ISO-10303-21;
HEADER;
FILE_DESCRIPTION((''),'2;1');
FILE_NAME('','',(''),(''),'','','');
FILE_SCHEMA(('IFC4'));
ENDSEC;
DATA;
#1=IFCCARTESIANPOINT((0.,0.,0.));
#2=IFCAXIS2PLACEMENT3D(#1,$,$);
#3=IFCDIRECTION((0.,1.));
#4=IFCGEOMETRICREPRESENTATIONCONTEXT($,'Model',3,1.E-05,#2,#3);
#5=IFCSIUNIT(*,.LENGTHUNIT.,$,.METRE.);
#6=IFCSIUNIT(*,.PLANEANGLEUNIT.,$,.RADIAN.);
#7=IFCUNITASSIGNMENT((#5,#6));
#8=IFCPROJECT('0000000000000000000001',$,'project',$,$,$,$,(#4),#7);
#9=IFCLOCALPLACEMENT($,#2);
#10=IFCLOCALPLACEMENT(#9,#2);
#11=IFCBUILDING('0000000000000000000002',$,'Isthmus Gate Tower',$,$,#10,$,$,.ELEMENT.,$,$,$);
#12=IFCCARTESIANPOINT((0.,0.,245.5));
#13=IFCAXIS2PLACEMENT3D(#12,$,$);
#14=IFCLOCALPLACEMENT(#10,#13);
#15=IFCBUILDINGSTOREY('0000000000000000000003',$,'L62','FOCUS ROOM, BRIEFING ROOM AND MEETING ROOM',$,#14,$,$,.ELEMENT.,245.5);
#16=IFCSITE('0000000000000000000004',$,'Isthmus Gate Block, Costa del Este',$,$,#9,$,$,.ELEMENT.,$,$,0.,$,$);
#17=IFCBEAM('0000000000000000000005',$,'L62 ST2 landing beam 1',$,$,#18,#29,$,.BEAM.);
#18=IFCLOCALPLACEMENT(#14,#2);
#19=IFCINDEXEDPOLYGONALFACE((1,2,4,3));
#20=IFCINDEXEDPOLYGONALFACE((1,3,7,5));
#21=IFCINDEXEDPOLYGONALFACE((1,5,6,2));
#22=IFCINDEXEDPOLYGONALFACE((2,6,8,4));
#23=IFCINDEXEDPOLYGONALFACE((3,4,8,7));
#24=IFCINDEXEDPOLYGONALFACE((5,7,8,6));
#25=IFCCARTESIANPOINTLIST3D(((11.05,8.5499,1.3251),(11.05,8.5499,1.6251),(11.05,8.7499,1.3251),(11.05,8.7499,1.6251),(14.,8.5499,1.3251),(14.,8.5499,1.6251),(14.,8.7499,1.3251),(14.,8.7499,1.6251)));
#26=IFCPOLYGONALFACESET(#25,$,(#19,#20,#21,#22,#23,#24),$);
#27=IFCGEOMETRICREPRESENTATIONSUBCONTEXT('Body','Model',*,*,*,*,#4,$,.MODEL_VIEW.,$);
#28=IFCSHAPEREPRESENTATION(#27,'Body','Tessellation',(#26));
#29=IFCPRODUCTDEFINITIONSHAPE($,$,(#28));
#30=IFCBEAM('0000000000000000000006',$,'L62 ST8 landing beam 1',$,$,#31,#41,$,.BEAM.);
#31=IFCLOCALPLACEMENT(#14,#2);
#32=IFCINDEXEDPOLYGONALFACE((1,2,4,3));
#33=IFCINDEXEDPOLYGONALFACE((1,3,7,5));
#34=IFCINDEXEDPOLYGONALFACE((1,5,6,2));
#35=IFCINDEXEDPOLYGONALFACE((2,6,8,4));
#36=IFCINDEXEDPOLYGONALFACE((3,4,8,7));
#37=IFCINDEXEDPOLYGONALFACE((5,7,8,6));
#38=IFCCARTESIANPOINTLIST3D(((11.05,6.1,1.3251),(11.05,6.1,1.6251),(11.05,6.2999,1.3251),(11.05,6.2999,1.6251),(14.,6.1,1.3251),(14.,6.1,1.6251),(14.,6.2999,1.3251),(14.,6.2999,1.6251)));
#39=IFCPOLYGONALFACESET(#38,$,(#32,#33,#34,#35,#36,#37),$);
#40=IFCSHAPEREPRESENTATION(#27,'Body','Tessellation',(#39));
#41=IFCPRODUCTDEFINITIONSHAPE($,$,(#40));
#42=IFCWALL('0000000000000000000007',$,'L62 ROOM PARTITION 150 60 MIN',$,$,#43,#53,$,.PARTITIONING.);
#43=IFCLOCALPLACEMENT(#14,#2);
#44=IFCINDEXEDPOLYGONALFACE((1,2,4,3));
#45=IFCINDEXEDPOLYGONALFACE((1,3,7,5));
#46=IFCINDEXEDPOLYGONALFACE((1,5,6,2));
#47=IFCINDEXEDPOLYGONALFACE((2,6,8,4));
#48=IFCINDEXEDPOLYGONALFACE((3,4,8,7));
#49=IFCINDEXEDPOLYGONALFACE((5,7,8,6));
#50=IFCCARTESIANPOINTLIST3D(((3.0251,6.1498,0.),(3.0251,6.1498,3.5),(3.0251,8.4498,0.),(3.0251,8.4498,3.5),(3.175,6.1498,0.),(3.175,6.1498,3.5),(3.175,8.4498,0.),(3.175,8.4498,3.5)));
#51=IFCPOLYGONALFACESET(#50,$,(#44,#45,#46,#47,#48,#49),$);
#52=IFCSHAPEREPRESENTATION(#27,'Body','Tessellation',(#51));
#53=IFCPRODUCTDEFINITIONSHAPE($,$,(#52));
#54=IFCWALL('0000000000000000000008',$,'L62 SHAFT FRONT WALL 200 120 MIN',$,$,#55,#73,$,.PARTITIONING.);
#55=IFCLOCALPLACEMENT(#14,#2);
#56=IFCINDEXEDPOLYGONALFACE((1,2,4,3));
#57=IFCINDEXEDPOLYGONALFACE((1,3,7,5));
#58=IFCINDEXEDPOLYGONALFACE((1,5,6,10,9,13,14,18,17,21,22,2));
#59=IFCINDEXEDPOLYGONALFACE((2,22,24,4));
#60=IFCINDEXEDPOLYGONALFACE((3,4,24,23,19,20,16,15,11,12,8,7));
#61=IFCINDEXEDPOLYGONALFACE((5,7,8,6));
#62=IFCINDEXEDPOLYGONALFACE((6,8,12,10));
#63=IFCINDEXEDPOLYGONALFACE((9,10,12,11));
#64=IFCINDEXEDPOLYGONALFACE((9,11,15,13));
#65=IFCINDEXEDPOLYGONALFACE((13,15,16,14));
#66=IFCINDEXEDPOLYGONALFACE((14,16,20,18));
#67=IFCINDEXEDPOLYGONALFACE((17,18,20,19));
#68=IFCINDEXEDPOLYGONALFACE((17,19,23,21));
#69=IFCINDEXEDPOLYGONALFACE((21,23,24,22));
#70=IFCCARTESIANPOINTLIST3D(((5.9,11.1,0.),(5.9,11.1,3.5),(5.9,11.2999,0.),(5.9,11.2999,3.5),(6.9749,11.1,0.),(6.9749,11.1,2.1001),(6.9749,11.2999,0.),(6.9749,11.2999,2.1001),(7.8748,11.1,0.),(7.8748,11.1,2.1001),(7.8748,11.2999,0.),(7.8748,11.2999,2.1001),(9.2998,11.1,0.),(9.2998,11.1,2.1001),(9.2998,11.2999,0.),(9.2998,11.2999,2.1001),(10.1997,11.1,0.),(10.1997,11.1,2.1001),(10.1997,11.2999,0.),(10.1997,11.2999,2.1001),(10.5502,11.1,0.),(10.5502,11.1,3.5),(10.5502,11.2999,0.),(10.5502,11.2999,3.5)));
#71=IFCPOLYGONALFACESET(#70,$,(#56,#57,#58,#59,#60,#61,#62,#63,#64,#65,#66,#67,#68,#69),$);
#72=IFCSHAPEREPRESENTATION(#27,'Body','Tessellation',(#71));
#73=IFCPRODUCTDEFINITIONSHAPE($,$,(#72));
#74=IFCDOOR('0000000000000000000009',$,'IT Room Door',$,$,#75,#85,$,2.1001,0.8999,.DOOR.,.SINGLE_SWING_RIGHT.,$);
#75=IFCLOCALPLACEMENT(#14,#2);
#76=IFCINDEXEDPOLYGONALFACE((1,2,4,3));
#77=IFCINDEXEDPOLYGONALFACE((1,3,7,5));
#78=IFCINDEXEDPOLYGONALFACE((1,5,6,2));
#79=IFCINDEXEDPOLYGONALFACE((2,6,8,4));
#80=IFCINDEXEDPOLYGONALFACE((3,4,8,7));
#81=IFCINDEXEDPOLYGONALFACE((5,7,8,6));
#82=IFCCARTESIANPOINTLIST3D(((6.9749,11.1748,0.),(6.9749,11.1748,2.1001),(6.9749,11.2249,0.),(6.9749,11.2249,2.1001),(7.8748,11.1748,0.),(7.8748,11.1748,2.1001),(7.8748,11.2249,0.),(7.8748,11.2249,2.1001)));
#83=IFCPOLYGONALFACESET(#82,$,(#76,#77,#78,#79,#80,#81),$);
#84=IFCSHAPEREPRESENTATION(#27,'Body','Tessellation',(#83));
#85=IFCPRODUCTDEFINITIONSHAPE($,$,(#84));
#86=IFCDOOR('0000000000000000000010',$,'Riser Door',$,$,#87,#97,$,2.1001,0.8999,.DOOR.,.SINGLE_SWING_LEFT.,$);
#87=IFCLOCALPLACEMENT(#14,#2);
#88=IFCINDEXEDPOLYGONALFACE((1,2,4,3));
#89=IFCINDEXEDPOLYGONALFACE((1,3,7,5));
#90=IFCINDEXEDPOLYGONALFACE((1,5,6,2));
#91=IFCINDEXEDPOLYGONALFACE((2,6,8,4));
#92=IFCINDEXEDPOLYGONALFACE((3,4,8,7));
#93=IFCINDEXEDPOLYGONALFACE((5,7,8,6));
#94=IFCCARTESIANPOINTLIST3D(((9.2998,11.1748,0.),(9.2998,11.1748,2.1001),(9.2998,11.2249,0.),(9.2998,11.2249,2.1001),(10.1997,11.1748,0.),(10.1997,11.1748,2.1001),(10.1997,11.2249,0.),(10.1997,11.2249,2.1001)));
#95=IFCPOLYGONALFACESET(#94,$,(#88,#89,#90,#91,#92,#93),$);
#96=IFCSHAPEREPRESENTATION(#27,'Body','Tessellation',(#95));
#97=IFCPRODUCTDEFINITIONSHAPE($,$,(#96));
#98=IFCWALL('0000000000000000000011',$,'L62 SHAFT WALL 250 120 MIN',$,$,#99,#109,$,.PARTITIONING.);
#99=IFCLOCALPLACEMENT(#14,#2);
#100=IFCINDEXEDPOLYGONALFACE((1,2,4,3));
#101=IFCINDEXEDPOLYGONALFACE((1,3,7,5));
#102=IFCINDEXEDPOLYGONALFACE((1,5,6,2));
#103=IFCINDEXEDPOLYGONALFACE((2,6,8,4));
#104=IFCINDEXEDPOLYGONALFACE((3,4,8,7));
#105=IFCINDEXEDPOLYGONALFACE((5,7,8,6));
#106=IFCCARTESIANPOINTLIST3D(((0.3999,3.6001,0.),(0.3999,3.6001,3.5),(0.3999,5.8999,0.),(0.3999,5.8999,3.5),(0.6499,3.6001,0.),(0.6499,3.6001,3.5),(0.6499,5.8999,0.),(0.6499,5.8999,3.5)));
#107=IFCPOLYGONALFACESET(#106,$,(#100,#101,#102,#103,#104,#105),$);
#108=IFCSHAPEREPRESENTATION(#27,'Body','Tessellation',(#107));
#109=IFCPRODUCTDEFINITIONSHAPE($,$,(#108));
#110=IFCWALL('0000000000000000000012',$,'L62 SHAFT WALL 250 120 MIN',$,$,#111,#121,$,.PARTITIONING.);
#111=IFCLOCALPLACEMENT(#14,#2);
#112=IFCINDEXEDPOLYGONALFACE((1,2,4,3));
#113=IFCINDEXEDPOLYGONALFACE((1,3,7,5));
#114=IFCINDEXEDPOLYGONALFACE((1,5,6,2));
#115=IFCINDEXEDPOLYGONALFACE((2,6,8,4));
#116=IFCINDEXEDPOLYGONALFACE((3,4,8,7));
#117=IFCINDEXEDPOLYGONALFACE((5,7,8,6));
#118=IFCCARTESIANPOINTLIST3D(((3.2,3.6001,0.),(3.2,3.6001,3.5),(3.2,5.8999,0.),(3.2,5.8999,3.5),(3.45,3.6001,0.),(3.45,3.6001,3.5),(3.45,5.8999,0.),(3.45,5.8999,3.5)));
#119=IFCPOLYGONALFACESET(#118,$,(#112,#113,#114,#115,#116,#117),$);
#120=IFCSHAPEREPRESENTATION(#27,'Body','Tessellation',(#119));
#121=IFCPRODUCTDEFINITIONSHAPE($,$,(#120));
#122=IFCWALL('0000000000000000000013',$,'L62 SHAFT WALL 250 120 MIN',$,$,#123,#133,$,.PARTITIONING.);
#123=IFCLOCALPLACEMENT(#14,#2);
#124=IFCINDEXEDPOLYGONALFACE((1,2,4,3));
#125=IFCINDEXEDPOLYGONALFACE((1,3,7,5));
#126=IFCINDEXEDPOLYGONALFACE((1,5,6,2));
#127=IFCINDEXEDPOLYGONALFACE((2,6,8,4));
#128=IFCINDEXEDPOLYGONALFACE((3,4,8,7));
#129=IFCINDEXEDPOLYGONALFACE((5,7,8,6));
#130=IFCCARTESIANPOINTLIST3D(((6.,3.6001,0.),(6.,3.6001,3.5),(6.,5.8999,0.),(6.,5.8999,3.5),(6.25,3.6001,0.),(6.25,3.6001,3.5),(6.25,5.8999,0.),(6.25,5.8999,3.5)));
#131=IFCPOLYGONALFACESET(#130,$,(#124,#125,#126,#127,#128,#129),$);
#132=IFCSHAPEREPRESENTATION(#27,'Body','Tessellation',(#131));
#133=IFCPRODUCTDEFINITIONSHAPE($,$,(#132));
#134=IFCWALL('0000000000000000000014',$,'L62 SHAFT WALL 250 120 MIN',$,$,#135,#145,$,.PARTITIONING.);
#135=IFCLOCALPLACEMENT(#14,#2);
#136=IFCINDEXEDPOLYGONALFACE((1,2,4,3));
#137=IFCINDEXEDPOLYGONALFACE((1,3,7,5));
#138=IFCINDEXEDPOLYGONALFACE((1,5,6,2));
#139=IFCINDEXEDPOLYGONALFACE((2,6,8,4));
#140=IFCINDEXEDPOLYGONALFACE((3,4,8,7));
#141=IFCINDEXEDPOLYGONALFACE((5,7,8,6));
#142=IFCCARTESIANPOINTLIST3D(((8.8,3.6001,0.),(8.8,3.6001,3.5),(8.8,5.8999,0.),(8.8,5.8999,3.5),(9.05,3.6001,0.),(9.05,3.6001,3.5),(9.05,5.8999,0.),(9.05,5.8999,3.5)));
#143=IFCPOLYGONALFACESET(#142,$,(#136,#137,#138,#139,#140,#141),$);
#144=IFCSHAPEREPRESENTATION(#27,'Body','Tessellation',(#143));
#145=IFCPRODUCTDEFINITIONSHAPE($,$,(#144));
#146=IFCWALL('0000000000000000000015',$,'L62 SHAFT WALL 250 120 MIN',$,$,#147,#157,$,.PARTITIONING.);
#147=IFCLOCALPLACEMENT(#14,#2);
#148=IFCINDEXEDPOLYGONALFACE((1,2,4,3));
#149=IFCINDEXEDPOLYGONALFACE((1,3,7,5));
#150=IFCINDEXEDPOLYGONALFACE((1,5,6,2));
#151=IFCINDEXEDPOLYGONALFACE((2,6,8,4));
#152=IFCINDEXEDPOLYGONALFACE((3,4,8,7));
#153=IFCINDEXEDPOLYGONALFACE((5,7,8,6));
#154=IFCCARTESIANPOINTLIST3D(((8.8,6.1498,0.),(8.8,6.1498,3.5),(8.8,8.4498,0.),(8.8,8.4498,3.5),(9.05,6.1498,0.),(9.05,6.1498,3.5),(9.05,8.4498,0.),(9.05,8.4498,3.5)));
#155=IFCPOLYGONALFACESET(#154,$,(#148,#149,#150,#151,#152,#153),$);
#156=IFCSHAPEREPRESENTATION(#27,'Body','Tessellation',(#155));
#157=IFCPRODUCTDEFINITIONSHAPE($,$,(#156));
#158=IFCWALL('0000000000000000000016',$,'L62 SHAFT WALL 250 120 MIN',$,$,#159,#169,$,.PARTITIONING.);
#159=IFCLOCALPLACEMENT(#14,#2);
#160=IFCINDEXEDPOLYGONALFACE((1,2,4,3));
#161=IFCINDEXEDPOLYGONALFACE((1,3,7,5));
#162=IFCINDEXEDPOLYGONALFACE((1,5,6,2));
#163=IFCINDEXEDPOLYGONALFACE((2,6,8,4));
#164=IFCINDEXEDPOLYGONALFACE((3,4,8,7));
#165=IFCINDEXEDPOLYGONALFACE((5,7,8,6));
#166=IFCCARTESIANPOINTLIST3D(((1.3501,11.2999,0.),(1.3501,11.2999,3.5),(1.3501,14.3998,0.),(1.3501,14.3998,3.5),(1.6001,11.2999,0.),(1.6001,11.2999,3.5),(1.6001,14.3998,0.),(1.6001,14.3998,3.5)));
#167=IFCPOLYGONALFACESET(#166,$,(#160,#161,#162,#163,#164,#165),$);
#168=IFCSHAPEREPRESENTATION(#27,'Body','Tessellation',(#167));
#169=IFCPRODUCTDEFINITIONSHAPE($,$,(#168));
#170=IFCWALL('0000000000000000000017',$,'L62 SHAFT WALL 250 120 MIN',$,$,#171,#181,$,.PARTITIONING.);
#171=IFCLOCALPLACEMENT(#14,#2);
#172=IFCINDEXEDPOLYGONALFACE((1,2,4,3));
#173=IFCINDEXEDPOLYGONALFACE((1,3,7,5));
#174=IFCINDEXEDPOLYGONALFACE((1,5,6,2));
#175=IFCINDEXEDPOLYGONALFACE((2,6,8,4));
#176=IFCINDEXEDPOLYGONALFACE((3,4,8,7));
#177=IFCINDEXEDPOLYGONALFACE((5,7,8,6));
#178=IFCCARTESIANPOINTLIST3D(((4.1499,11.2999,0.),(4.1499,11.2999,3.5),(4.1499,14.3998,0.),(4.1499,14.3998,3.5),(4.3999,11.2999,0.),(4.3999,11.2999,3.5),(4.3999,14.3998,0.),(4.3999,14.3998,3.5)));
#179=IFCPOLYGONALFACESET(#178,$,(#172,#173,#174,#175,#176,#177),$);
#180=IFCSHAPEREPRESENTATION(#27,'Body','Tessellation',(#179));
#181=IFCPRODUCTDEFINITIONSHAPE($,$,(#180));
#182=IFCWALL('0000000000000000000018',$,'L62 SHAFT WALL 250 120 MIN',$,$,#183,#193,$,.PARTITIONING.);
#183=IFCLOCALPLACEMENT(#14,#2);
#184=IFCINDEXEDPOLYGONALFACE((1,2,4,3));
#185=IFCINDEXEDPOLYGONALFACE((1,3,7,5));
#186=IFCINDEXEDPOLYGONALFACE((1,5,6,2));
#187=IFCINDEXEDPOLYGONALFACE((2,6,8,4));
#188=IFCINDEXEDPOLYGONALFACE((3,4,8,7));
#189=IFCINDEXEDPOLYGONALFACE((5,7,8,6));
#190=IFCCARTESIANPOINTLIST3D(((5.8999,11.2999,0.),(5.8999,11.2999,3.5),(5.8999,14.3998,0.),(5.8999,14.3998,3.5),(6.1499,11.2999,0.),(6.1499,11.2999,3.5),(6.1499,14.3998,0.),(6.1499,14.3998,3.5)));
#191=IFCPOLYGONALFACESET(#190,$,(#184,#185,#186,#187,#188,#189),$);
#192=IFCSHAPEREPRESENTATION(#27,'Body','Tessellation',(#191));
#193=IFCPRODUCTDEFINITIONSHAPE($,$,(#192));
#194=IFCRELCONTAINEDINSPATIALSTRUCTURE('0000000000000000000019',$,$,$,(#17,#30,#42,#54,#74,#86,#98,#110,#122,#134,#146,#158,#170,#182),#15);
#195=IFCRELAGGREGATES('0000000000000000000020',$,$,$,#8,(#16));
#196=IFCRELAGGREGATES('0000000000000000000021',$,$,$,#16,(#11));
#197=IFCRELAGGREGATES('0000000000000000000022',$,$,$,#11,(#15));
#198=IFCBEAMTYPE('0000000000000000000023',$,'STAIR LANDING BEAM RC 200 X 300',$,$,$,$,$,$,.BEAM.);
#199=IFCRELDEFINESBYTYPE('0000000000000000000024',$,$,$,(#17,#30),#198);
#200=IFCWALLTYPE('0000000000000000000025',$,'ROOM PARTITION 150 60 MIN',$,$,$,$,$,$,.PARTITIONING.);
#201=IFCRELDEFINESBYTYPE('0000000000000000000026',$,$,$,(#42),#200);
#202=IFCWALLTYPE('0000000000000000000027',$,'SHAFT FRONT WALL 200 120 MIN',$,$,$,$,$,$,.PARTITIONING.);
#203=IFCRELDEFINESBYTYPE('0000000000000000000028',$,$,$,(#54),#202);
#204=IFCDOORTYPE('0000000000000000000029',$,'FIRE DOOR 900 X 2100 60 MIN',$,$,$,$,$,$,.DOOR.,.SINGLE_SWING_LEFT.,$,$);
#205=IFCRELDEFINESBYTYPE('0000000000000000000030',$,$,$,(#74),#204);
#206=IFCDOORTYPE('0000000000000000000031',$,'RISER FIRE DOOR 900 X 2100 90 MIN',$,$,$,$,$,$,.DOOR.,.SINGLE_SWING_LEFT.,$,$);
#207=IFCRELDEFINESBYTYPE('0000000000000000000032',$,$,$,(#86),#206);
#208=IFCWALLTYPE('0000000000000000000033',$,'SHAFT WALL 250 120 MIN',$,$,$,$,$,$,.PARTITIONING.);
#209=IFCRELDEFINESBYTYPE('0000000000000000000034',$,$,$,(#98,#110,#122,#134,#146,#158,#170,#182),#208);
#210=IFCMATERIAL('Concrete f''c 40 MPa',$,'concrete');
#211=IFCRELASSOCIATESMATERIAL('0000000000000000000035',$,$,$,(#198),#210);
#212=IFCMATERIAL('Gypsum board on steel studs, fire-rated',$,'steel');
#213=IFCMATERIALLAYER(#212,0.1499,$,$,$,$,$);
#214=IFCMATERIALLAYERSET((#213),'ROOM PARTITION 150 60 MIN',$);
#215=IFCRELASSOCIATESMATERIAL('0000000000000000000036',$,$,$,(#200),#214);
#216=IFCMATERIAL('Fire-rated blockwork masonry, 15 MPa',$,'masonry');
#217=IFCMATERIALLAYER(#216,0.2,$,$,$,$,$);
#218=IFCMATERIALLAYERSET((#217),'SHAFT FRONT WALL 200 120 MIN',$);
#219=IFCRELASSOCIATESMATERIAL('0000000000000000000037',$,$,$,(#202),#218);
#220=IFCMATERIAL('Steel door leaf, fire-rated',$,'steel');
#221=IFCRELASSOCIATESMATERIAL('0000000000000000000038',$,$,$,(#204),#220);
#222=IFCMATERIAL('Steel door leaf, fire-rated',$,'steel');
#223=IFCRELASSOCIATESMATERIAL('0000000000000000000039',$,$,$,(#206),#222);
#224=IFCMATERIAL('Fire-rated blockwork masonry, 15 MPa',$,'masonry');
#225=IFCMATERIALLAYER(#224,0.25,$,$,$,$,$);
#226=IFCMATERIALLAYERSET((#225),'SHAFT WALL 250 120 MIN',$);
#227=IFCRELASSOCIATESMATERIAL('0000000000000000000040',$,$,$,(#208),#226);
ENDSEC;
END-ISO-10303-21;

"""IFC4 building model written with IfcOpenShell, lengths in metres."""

from ifc_helpers import new_model, si_unit, direction, frame, frame_2d, origin, origin_2d, place, context, subcontext, project, spatial, rectangle, extrude, material, layer, layer_set, material_profile, profile_set, type_object, element, fill, save


model = new_model("IFC4")

# Units and contexts
model_context = context("Model", 3, precision=1e-05, world=origin(), true_north=direction((0.0, 1.0)))
body_context = subcontext(model_context, "Body", "Model", "MODEL_VIEW")
ifc_project = project(units=[si_unit("LENGTHUNIT", "METRE"), si_unit("PLANEANGLEUNIT", "RADIAN")], contexts=[model_context])

# Site, building, storey
site_placement = place(None, origin())
site = spatial("IfcSite", under=ifc_project, at=site_placement, Name="Isthmus Gate Block, Costa del Este", CompositionType="ELEMENT", RefElevation=0.0)
building_placement = place(site_placement, origin())
building = spatial("IfcBuilding", under=site, at=building_placement, Name="Isthmus Gate Tower", CompositionType="ELEMENT")
storey_placement = place(building_placement, frame((0.0, 0.0, 245.5)))
storey = spatial("IfcBuildingStorey", under=building, at=storey_placement, Name="L62", Description="FOCUS ROOM, BRIEFING ROOM AND MEETING ROOM", CompositionType="ELEMENT", Elevation=245.5)

# Beams
ifc_material_1 = material(Name="Concrete f'c 40 MPa", Category="concrete")
ifc_material_profile = material_profile(ifc_material_1, rectangle(XDim=0.2, YDim=0.3, at=origin_2d()), Name="STAIR LANDING BEAM RC 200 X 300")
ifc_profile_set = profile_set([ifc_material_profile], Name="Concrete f'c 40 MPa")
beam_type = type_object("IfcBeamType", Name="STAIR LANDING BEAM RC 200 X 300", PredefinedType="BEAM", material=ifc_profile_set)
for number, where, z_axis, x_axis, name in (
    (1, (11.05, 8.6499, 1.4751), (1.0, 0.0, 0.0), (0.0, 1.0, 0.0), "L62 ST2 landing beam 1"),
    (2, (11.05, 6.2, 1.4751), (1.0, 0.0, 0.0), (0.0, 1.0, 0.0), "L62 ST8 landing beam 1"),
):
    element("IfcBeam", number, at=place(storey_placement, frame(where, z_axis=z_axis, x_axis=x_axis)), inside=storey, type_object=beam_type, Name=name, PredefinedType="BEAM", context=body_context, shape_type="SweptSolid", body=[
        extrude(rectangle(XDim=0.2, YDim=0.3, at=origin_2d()), origin(), (0.0, 0.0, 1.0), 2.95),
    ])

# Wall
ifc_material_2 = material(Name="Gypsum board on steel studs, fire-rated", Category="steel")
ifc_layer_1 = layer(ifc_material_2, 0.1499)
ifc_layer_set_1 = layer_set([ifc_layer_1], Name="ROOM PARTITION 150 60 MIN")
wall_type_1 = type_object("IfcWallType", Name="ROOM PARTITION 150 60 MIN", PredefinedType="PARTITIONING", material=ifc_layer_set_1)
wall_1_placement = place(storey_placement, frame((3.1001, 6.1499, 0.0), z_axis=(0.0, 0.0, 1.0), x_axis=(0.0, 1.0, 0.0)))
element("IfcWall", 3, at=wall_1_placement, inside=storey, type_object=wall_type_1, Name="L62 ROOM PARTITION 150 60 MIN", PredefinedType="PARTITIONING", context=body_context, shape_type="SweptSolid", body=[
    extrude(rectangle(XDim=2.3, YDim=0.1499, at=frame_2d((1.1499, 0.0))), origin(), (0.0, 0.0, 1.0), 3.5),
])

# Wall, openings, doors
ifc_material_3 = material(Name="Fire-rated blockwork masonry, 15 MPa", Category="masonry")
ifc_layer_2 = layer(ifc_material_3, 0.2)
ifc_layer_set_2 = layer_set([ifc_layer_2], Name="SHAFT FRONT WALL 200 120 MIN")
wall_type_2 = type_object("IfcWallType", Name="SHAFT FRONT WALL 200 120 MIN", PredefinedType="PARTITIONING", material=ifc_layer_set_2)
wall_2_placement = place(storey_placement, frame((5.8999, 11.2, 0.0), z_axis=(0.0, 0.0, 1.0), x_axis=(1.0, 0.0, 0.0)))
wall_2 = element("IfcWall", 4, at=wall_2_placement, inside=storey, type_object=wall_type_2, Name="L62 SHAFT FRONT WALL 200 120 MIN", PredefinedType="PARTITIONING", context=body_context, shape_type="SweptSolid", body=[
    extrude(rectangle(XDim=4.6501, YDim=0.2, at=frame_2d((2.3252, 0.0))), origin(), (0.0, 0.0, 1.0), 3.5),
])
opening_1_placement = place(wall_2_placement, frame((1.075, 0.0, 0.0)))
opening_1 = element("IfcOpeningElement", 5, at=opening_1_placement, cuts=wall_2, PredefinedType="OPENING", context=body_context, shape_type="SweptSolid", body=[
    extrude(rectangle(XDim=0.8999, YDim=2.1001, at=frame_2d((0.45, 1.05))), frame((0.0, 0.1099, 0.0), z_axis=(0.0, -1.0, 0.0), x_axis=(1.0, 0.0, 0.0)), (0.0, 0.0, 1.0), 0.22),
])
opening_2_placement = place(wall_2_placement, frame((3.3999, 0.0, 0.0)))
opening_2 = element("IfcOpeningElement", 6, at=opening_2_placement, cuts=wall_2, PredefinedType="OPENING", context=body_context, shape_type="SweptSolid", body=[
    extrude(rectangle(XDim=0.8999, YDim=2.1001, at=frame_2d((0.45, 1.05))), frame((0.0, 0.1099, 0.0), z_axis=(0.0, -1.0, 0.0), x_axis=(1.0, 0.0, 0.0)), (0.0, 0.0, 1.0), 0.22),
])
ifc_material_4 = material(Name="Steel door leaf, fire-rated", Category="steel")
door_type_1 = type_object("IfcDoorType", Name="FIRE DOOR 900 X 2100 60 MIN", OperationType="SINGLE_SWING_LEFT", PredefinedType="DOOR", material=ifc_material_4)
door_1_placement = place(opening_1_placement, origin())
door_1 = element("IfcDoor", 7, at=door_1_placement, inside=storey, type_object=door_type_1, Name="IT Room Door", OperationType="SINGLE_SWING_RIGHT", OverallHeight=2.1001, OverallWidth=0.8999, PredefinedType="DOOR", context=body_context, shape_type="SweptSolid", body=[
    extrude(rectangle(XDim=0.8999, YDim=2.1001, at=frame_2d((0.45, 1.05))), frame((0.0, 0.0249, 0.0), z_axis=(0.0, -1.0, 0.0), x_axis=(1.0, 0.0, 0.0)), (0.0, 0.0, 1.0), 0.05),
])
fill(opening_1, door_1)
ifc_material_5 = material(Name="Steel door leaf, fire-rated", Category="steel")
door_type_2 = type_object("IfcDoorType", Name="RISER FIRE DOOR 900 X 2100 90 MIN", OperationType="SINGLE_SWING_LEFT", PredefinedType="DOOR", material=ifc_material_5)
door_2_placement = place(opening_2_placement, origin())
door_2 = element("IfcDoor", 8, at=door_2_placement, inside=storey, type_object=door_type_2, Name="Riser Door", OperationType="SINGLE_SWING_LEFT", OverallHeight=2.1001, OverallWidth=0.8999, PredefinedType="DOOR", context=body_context, shape_type="SweptSolid", body=[
    extrude(rectangle(XDim=0.8999, YDim=2.1001, at=frame_2d((0.45, 1.05))), frame((0.0, 0.0249, 0.0), z_axis=(0.0, -1.0, 0.0), x_axis=(1.0, 0.0, 0.0)), (0.0, 0.0, 1.0), 0.05),
])
fill(opening_2, door_2)

# Walls
ifc_material_6 = material(Name="Fire-rated blockwork masonry, 15 MPa", Category="masonry")
ifc_layer_3 = layer(ifc_material_6, 0.25)
ifc_layer_set_3 = layer_set([ifc_layer_3], Name="SHAFT WALL 250 120 MIN")
wall_type_3 = type_object("IfcWallType", Name="SHAFT WALL 250 120 MIN", PredefinedType="PARTITIONING", material=ifc_layer_set_3)
for number, where, z_axis, x_axis, name in (
    (9, (0.5249, 3.6001, 0.0), (0.0, 0.0, 1.0), (0.0, 1.0, 0.0), "L62 SHAFT WALL 250 120 MIN"),
    (10, (3.325, 3.6001, 0.0), (0.0, 0.0, 1.0), (0.0, 1.0, 0.0), "L62 SHAFT WALL 250 120 MIN"),
    (11, (6.125, 3.6001, 0.0), (0.0, 0.0, 1.0), (0.0, 1.0, 0.0), "L62 SHAFT WALL 250 120 MIN"),
    (12, (8.925, 3.6001, 0.0), (0.0, 0.0, 1.0), (0.0, 1.0, 0.0), "L62 SHAFT WALL 250 120 MIN"),
):
    element("IfcWall", number, at=place(storey_placement, frame(where, z_axis=z_axis, x_axis=x_axis)), inside=storey, type_object=wall_type_3, Name=name, PredefinedType="PARTITIONING", context=body_context, shape_type="SweptSolid", body=[
        extrude(rectangle(XDim=2.2998, YDim=0.25, at=frame_2d((1.1499, 0.0))), origin(), (0.0, 0.0, 1.0), 3.5),
    ])
wall_3_placement = place(storey_placement, frame((8.925, 6.1499, 0.0), z_axis=(0.0, 0.0, 1.0), x_axis=(0.0, 1.0, 0.0)))
element("IfcWall", 13, at=wall_3_placement, inside=storey, type_object=wall_type_3, Name="L62 SHAFT WALL 250 120 MIN", PredefinedType="PARTITIONING", context=body_context, shape_type="SweptSolid", body=[
    extrude(rectangle(XDim=2.3, YDim=0.25, at=frame_2d((1.1499, 0.0))), origin(), (0.0, 0.0, 1.0), 3.5),
])
for number, where, z_axis, x_axis, name in (
    (14, (1.4751, 11.3, 0.0), (0.0, 0.0, 1.0), (0.0, 1.0, 0.0), "L62 SHAFT WALL 250 120 MIN"),
    (15, (4.2749, 11.3, 0.0), (0.0, 0.0, 1.0), (0.0, 1.0, 0.0), "L62 SHAFT WALL 250 120 MIN"),
    (16, (6.0249, 11.3, 0.0), (0.0, 0.0, 1.0), (0.0, 1.0, 0.0), "L62 SHAFT WALL 250 120 MIN"),
):
    element("IfcWall", number, at=place(storey_placement, frame(where, z_axis=z_axis, x_axis=x_axis)), inside=storey, type_object=wall_type_3, Name=name, PredefinedType="PARTITIONING", context=body_context, shape_type="SweptSolid", body=[
        extrude(rectangle(XDim=3.0999, YDim=0.25, at=frame_2d((1.5498, 0.0))), origin(), (0.0, 0.0, 1.0), 3.5),
    ])

save(model, "model.ifc")
